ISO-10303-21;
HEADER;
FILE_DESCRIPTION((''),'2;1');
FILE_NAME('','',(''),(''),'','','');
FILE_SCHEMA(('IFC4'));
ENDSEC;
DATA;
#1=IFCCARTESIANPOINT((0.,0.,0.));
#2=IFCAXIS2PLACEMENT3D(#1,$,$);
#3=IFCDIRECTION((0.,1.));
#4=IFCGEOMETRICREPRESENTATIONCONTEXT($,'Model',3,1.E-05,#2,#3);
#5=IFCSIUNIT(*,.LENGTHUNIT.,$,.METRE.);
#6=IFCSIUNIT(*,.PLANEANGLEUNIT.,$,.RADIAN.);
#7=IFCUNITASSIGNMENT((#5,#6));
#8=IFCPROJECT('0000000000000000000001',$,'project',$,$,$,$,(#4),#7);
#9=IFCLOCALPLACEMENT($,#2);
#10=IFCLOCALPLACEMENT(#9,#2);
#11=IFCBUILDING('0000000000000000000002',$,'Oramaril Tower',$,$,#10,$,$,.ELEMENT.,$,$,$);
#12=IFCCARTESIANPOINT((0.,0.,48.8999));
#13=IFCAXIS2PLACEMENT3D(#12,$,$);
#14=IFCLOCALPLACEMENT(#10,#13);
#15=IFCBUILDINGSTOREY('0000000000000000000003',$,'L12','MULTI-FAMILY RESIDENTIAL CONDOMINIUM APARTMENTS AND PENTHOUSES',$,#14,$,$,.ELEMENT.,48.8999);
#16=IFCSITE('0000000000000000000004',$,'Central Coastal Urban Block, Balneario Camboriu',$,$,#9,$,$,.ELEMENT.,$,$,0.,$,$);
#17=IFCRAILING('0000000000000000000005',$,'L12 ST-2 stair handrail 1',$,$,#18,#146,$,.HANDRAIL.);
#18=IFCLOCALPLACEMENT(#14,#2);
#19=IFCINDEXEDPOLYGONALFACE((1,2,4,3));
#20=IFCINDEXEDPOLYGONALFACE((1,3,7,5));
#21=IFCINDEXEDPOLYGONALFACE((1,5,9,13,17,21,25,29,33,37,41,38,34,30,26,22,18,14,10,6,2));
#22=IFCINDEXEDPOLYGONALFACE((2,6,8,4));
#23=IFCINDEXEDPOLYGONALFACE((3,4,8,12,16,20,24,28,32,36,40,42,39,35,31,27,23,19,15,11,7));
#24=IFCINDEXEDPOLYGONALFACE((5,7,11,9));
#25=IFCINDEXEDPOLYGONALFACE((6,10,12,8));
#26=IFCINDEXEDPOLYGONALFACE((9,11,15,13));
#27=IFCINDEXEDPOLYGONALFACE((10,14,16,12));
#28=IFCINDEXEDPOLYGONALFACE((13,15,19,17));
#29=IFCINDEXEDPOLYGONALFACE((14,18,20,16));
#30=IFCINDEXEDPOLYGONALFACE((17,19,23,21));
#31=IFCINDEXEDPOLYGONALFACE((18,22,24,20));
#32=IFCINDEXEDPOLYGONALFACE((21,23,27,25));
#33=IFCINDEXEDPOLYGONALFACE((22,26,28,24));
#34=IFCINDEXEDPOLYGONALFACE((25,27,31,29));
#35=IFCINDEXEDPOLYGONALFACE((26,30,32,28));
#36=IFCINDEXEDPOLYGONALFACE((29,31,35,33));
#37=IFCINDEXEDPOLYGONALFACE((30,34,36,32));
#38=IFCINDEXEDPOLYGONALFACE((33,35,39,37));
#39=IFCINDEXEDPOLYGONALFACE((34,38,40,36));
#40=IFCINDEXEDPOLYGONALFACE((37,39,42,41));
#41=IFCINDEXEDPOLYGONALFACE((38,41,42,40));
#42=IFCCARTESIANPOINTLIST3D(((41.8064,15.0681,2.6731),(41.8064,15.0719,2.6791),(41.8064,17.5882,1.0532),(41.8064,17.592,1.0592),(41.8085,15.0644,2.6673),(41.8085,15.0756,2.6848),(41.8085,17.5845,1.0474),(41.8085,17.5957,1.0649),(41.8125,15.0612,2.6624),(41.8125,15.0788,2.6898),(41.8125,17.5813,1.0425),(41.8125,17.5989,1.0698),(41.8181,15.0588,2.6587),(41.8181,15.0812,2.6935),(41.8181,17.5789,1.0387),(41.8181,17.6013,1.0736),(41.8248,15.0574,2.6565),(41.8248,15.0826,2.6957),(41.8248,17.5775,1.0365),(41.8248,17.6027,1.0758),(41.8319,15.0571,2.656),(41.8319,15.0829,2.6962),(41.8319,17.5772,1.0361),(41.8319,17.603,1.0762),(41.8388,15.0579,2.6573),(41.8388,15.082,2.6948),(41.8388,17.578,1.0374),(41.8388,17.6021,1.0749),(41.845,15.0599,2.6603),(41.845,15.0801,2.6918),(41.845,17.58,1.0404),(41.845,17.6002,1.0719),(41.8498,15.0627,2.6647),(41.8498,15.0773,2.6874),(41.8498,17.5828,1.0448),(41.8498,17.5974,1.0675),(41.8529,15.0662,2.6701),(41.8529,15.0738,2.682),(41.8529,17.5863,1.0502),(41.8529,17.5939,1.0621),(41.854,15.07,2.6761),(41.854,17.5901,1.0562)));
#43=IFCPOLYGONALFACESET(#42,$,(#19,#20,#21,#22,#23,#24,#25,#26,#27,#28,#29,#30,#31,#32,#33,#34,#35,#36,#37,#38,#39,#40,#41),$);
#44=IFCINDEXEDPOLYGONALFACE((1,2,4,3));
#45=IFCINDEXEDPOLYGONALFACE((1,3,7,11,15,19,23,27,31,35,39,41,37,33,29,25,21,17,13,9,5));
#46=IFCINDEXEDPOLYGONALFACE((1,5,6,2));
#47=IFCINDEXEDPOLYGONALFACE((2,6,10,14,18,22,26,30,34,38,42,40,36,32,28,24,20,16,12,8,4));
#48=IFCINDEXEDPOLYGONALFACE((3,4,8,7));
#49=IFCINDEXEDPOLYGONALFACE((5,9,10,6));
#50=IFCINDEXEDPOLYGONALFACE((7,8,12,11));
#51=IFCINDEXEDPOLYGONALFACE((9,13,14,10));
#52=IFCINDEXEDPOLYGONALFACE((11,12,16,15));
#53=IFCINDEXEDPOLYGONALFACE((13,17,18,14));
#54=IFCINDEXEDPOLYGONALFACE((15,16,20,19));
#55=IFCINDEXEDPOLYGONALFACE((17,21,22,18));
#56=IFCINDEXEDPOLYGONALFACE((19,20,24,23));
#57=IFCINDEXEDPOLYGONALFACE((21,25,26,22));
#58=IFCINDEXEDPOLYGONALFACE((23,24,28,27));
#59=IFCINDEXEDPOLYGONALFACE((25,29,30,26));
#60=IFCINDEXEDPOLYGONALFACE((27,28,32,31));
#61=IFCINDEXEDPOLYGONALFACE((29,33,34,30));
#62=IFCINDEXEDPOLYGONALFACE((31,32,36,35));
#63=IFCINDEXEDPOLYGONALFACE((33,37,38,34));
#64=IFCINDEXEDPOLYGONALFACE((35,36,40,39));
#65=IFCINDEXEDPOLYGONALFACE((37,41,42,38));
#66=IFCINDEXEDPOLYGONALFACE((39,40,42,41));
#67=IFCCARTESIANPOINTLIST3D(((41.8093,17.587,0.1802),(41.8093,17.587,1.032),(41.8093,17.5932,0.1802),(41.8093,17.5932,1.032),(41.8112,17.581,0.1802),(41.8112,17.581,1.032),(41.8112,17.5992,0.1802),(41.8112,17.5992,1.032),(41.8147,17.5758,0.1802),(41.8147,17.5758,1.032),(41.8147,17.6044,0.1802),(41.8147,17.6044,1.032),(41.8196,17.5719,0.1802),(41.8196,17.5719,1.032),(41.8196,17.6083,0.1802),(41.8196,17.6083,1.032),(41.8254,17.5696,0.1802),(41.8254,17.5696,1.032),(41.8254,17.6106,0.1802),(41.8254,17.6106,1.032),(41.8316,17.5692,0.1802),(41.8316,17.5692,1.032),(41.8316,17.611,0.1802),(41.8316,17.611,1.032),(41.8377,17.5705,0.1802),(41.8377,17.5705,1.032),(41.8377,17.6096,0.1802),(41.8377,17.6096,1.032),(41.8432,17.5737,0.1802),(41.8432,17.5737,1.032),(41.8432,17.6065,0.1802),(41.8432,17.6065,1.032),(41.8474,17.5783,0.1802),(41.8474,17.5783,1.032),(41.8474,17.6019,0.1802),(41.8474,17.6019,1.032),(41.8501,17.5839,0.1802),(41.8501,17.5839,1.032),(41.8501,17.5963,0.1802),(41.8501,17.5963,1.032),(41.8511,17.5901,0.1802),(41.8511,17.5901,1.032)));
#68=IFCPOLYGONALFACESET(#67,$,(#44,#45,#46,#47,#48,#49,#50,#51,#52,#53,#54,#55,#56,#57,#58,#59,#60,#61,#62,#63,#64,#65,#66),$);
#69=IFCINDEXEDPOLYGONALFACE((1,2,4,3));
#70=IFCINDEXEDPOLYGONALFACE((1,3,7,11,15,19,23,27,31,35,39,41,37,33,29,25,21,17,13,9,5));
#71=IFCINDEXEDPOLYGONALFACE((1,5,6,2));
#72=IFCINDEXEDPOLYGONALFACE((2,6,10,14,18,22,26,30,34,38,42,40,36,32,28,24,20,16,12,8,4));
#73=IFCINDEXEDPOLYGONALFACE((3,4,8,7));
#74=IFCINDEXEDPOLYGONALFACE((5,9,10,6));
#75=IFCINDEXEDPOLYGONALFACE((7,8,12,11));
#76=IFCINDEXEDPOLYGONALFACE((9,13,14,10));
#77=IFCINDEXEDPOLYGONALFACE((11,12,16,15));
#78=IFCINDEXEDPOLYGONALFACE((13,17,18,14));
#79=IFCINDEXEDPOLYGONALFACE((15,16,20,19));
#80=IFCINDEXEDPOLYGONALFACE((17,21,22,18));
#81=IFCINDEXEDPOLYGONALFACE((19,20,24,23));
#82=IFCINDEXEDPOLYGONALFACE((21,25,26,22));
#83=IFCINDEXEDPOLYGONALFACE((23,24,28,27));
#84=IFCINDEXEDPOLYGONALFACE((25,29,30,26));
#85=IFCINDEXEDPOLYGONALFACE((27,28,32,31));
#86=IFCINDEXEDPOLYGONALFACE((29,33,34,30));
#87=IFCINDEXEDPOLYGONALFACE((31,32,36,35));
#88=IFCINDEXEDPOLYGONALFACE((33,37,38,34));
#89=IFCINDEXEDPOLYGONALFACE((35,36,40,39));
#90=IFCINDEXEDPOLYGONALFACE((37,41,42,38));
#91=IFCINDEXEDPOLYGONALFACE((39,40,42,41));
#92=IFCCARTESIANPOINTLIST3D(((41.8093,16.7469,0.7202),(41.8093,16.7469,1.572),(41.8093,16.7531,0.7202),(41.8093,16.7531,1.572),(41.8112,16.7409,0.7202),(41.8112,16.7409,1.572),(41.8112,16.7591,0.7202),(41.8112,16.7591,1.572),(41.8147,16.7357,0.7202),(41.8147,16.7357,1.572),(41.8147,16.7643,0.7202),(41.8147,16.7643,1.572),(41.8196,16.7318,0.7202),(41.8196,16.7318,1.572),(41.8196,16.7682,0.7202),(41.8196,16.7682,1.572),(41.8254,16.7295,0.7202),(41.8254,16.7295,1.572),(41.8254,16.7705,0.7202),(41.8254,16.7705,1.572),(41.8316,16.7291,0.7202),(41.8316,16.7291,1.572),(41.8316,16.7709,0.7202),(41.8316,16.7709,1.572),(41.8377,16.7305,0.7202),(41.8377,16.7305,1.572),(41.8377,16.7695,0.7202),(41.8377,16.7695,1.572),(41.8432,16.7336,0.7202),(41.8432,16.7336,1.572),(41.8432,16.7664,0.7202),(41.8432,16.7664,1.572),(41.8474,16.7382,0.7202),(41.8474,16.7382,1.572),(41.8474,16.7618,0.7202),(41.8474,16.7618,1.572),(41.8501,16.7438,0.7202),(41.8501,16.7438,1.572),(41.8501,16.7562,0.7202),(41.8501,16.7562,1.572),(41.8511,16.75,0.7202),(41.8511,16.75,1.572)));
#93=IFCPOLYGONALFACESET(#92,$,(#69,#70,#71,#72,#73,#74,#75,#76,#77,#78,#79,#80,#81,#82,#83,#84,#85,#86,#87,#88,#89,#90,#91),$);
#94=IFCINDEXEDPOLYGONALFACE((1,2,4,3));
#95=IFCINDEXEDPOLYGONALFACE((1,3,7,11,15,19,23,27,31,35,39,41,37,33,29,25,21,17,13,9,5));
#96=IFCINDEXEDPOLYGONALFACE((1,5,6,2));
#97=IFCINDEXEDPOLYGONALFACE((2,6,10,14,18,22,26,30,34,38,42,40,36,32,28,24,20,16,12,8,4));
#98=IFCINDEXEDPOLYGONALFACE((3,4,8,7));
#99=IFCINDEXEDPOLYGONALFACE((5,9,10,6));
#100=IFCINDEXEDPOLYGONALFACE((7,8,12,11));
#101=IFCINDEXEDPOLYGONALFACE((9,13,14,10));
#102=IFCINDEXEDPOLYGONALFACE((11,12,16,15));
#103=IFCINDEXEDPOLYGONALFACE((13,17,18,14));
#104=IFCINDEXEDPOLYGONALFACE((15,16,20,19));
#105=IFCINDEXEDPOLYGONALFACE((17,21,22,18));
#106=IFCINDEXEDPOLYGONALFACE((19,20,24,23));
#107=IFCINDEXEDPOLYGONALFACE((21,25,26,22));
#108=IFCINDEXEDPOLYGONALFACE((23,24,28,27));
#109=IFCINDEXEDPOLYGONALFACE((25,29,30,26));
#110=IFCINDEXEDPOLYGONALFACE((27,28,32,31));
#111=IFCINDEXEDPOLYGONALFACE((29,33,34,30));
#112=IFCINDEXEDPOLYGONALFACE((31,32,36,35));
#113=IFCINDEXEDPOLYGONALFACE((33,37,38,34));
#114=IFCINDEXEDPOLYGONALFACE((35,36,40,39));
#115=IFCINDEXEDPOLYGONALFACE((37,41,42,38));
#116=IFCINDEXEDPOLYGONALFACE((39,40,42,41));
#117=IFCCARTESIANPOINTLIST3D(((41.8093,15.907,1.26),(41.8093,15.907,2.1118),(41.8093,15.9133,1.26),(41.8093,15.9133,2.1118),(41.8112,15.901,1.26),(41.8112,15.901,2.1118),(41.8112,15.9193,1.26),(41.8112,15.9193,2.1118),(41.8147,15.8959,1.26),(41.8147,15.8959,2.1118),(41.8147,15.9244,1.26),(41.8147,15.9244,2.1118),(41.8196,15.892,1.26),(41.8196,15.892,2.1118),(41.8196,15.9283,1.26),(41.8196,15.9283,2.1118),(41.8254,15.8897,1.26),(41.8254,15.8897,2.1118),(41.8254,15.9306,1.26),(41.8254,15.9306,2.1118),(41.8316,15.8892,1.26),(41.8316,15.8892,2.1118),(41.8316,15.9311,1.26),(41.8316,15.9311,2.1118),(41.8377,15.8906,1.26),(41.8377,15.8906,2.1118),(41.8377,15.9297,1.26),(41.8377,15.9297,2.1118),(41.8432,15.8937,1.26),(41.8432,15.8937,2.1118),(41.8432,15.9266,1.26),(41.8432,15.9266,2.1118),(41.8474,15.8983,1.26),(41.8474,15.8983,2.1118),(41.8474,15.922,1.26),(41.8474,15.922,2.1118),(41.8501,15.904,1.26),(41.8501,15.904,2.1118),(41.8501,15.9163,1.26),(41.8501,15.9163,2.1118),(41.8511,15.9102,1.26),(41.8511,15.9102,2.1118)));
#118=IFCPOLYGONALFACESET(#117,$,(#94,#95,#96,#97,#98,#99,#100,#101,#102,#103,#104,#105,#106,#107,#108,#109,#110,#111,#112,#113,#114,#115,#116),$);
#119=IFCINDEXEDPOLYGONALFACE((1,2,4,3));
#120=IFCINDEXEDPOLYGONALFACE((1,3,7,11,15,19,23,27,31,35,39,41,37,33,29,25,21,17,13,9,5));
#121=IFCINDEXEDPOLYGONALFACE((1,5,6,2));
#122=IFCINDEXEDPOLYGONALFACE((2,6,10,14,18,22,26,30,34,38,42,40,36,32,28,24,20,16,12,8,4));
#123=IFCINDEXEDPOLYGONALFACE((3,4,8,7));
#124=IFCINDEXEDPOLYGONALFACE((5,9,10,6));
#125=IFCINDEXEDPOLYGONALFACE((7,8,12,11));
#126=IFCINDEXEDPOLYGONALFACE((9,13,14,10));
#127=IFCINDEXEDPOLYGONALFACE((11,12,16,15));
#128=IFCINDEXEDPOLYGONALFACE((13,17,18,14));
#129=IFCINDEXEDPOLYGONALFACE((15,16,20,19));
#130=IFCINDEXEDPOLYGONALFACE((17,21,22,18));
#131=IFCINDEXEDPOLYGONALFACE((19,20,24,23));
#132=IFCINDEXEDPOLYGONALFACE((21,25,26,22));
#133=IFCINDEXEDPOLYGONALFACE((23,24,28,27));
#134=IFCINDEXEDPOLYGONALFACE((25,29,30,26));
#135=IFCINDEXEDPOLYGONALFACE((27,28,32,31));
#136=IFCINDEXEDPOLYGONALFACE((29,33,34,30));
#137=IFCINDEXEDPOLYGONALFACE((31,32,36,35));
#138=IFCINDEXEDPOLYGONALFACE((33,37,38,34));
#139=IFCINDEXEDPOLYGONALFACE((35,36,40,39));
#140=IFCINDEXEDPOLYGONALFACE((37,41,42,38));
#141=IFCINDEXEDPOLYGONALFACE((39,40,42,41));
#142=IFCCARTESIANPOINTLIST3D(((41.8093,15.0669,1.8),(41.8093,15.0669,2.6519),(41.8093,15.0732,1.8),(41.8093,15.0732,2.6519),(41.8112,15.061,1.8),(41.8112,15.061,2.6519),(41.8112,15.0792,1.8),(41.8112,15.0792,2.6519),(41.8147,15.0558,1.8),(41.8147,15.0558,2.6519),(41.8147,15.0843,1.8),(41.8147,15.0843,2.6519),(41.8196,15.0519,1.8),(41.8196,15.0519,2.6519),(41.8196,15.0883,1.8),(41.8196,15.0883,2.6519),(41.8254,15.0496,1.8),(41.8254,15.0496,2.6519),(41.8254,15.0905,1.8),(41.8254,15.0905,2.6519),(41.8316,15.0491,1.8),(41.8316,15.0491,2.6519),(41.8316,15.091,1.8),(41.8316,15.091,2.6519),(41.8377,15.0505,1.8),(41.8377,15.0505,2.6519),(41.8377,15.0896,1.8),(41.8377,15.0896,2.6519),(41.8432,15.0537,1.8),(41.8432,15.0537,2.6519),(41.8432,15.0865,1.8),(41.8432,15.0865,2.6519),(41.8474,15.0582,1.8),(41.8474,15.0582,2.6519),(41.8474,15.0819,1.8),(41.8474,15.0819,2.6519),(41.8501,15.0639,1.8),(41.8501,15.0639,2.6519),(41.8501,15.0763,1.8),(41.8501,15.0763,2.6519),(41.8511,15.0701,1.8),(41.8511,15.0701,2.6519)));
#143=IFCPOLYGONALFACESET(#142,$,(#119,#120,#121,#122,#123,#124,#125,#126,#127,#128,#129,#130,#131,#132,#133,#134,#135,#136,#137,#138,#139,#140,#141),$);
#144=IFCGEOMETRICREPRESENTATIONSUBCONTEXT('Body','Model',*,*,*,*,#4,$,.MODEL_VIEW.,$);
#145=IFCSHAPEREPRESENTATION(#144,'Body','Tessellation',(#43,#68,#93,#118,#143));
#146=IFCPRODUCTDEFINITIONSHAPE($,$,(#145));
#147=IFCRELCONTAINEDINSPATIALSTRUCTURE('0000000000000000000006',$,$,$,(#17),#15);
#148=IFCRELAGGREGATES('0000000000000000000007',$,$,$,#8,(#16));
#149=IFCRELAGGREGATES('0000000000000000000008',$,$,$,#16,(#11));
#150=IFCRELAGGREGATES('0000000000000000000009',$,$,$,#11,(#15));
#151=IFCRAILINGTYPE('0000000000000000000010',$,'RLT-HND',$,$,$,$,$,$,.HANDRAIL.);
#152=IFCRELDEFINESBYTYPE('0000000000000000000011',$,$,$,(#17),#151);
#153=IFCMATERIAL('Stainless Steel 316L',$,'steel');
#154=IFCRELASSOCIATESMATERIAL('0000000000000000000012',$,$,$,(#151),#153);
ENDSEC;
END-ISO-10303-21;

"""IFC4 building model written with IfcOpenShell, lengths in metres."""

from ifc_helpers import new_model, si_unit, direction, frame, origin, origin_2d, place, context, subcontext, project, spatial, circle, extrude, material, type_object, element, save


model = new_model("IFC4")

# Units and contexts
model_context = context("Model", 3, precision=1e-05, world=origin(), true_north=direction((0.0, 1.0)))
body_context = subcontext(model_context, "Body", "Model", "MODEL_VIEW")
ifc_project = project(units=[si_unit("LENGTHUNIT", "METRE"), si_unit("PLANEANGLEUNIT", "RADIAN")], contexts=[model_context])

# Site, building, storey
site_placement = place(None, origin())
site = spatial("IfcSite", under=ifc_project, at=site_placement, Name="Central Coastal Urban Block, Balneario Camboriu", CompositionType="ELEMENT", RefElevation=0.0)
building_placement = place(site_placement, origin())
building = spatial("IfcBuilding", under=site, at=building_placement, Name="Oramaril Tower", CompositionType="ELEMENT")
storey_placement = place(building_placement, frame((0.0, 0.0, 48.8999)))
storey = spatial("IfcBuildingStorey", under=building, at=storey_placement, Name="L12", Description="MULTI-FAMILY RESIDENTIAL CONDOMINIUM APARTMENTS AND PENTHOUSES", CompositionType="ELEMENT", Elevation=48.8999)

# Railing
ifc_material_1 = material(Name="Stainless Steel 316L", Category="steel")
railing_type_1 = type_object("IfcRailingType", Name="RLT-HND", PredefinedType="HANDRAIL", material=ifc_material_1)
railing_1_placement = place(storey_placement, frame((41.8301, 17.5901, 0.1802)))
element("IfcRailing", 1, at=railing_1_placement, inside=storey, type_object=railing_type_1, Name="L12 ST-2 stair handrail 1", PredefinedType="HANDRAIL", context=body_context, shape_type="SweptSolid", body=[
    extrude(circle(Radius=0.0239, at=origin_2d()), frame((0.0, 0.0, 0.876), z_axis=(0.0, -0.8412, 0.540725), x_axis=(1.0, 0.0, 0.0)), (0.0, 0.0, 1.0), 2.9958),
    extrude(circle(Radius=0.021, at=origin_2d()), origin(), (0.0, 0.0, 1.0), 0.8518),
    extrude(circle(Radius=0.021, at=origin_2d()), frame((0.0, -0.8401, 0.54)), (0.0, 0.0, 1.0), 0.8518),
    extrude(circle(Radius=0.021, at=origin_2d()), frame((0.0, -1.6799, 1.0798)), (0.0, 0.0, 1.0), 0.8518),
    extrude(circle(Radius=0.021, at=origin_2d()), frame((0.0, -2.52, 1.6199)), (0.0, 0.0, 1.0), 0.8518),
])

save(model, "model.ifc")
